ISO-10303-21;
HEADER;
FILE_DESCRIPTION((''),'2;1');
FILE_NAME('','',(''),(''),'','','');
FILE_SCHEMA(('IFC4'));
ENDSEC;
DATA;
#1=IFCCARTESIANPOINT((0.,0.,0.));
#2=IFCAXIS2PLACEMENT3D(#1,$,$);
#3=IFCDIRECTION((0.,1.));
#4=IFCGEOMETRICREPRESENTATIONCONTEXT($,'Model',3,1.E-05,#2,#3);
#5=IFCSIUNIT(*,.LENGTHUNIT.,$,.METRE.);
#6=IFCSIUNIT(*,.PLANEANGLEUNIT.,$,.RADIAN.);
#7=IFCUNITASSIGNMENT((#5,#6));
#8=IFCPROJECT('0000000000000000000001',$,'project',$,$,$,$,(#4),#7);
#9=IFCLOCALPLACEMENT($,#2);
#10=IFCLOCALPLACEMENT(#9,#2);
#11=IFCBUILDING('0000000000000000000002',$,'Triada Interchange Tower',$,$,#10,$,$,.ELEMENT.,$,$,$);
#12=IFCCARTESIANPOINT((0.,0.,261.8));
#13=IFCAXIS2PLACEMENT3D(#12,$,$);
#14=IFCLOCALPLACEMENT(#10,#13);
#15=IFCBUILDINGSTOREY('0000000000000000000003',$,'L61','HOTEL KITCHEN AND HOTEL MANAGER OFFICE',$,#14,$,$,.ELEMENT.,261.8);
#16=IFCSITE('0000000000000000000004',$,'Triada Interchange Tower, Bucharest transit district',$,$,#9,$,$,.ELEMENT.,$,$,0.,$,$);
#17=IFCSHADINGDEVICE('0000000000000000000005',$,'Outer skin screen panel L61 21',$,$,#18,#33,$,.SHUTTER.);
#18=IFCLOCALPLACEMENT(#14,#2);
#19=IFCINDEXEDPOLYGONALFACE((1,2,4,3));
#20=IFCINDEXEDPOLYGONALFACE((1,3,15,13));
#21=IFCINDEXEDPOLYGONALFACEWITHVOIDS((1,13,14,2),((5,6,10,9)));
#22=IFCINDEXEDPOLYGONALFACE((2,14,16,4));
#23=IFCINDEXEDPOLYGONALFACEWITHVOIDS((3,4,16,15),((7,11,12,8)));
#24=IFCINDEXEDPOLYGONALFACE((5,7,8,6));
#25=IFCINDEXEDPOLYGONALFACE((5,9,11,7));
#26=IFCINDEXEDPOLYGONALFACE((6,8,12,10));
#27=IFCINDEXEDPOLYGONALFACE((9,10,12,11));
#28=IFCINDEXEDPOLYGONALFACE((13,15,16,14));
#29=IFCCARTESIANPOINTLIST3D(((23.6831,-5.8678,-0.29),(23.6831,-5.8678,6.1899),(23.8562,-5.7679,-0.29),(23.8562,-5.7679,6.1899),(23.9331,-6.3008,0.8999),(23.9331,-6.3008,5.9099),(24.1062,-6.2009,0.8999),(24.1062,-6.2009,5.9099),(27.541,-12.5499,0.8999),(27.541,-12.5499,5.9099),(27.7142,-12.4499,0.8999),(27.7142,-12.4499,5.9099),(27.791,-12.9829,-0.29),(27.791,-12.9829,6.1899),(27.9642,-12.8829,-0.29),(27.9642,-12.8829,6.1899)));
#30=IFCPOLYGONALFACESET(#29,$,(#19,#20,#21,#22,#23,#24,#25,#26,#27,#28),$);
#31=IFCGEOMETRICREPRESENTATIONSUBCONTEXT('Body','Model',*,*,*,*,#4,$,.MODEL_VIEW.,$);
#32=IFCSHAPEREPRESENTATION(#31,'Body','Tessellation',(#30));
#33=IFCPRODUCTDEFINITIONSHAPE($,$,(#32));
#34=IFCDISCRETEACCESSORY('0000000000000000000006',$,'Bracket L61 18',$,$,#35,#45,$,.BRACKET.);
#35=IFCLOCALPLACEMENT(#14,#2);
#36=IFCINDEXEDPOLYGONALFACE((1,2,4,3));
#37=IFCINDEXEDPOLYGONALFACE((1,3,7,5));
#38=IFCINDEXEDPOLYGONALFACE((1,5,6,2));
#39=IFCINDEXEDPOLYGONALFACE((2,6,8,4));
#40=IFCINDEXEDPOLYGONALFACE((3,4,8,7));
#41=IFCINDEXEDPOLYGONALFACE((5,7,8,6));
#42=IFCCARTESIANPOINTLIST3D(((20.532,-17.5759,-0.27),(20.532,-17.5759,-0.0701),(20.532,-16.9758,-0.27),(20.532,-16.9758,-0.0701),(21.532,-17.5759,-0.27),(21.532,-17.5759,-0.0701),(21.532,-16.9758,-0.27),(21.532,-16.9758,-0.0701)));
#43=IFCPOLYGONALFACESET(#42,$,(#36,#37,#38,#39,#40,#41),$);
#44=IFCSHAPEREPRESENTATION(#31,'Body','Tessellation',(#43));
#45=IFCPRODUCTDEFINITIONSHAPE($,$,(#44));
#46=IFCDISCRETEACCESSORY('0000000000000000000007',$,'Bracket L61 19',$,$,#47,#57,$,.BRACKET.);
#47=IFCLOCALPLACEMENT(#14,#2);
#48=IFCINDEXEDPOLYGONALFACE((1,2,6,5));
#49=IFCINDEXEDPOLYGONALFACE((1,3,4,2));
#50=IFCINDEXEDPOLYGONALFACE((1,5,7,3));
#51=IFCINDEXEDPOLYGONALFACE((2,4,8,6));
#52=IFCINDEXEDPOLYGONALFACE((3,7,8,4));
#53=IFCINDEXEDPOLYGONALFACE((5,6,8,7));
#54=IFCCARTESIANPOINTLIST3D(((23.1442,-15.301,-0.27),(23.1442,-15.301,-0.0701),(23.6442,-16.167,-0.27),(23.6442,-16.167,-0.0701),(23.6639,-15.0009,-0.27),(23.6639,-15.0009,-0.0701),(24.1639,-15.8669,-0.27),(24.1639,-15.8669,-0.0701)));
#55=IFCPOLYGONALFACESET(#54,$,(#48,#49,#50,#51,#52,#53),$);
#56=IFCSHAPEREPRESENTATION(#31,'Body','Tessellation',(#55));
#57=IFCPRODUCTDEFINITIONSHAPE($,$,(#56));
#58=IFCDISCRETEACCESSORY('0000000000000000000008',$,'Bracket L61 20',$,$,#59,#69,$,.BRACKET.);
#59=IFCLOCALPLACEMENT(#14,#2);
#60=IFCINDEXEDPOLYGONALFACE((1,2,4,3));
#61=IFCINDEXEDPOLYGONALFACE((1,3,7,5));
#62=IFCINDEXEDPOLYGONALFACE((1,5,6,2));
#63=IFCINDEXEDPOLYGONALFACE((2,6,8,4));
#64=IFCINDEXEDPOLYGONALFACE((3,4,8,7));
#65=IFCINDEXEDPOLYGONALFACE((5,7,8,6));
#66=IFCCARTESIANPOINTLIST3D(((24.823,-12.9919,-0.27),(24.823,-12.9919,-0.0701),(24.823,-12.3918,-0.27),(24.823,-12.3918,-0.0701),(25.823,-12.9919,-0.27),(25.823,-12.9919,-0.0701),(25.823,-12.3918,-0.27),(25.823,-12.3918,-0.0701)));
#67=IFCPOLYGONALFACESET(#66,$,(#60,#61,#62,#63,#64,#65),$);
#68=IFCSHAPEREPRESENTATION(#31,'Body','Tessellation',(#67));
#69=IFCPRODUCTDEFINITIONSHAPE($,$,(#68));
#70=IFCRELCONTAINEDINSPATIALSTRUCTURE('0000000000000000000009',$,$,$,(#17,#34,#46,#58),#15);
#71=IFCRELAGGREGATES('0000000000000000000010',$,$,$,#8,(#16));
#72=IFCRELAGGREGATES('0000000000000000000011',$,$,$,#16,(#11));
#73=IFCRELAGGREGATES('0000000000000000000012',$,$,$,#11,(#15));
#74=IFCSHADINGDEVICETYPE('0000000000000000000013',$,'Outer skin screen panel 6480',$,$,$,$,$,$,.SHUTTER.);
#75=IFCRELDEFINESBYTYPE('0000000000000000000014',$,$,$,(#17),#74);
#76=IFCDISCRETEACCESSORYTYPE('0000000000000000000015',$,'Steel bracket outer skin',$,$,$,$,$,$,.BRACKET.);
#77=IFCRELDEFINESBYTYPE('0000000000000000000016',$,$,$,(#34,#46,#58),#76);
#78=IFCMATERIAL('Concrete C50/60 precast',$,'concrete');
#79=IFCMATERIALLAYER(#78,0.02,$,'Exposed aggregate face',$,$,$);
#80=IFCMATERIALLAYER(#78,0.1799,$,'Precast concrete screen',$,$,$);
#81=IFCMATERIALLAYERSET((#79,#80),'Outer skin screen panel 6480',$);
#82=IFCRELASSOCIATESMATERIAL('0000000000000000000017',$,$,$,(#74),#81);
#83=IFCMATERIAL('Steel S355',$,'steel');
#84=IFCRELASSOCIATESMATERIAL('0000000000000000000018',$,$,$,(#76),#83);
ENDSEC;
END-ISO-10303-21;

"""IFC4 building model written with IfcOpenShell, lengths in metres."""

from ifc_helpers import new_model, si_unit, direction, frame, origin, origin_2d, place, context, subcontext, project, spatial, polyline, rectangle, outline, extrude, material, layer, layer_set, type_object, element, save


model = new_model("IFC4")

# Units and contexts
model_context = context("Model", 3, precision=1e-05, world=origin(), true_north=direction((0.0, 1.0)))
body_context = subcontext(model_context, "Body", "Model", "MODEL_VIEW")
ifc_project = project(units=[si_unit("LENGTHUNIT", "METRE"), si_unit("PLANEANGLEUNIT", "RADIAN")], contexts=[model_context])

# Site, building, storey
site_placement = place(None, origin())
site = spatial("IfcSite", under=ifc_project, at=site_placement, Name="Triada Interchange Tower, Bucharest transit district", CompositionType="ELEMENT", RefElevation=0.0)
building_placement = place(site_placement, origin())
building = spatial("IfcBuilding", under=site, at=building_placement, Name="Triada Interchange Tower", CompositionType="ELEMENT")
storey_placement = place(building_placement, frame((0.0, 0.0, 261.8)))
storey = spatial("IfcBuildingStorey", under=building, at=storey_placement, Name="L61", Description="HOTEL KITCHEN AND HOTEL MANAGER OFFICE", CompositionType="ELEMENT", Elevation=261.8)

# Shading device
ifc_material_1 = material(Name="Concrete C50/60 precast", Category="concrete")
ifc_layer_1 = layer(ifc_material_1, 0.02, Name="Exposed aggregate face")
ifc_layer_2 = layer(ifc_material_1, 0.1799, Name="Precast concrete screen")
ifc_layer_set_1 = layer_set([ifc_layer_1, ifc_layer_2], Name="Outer skin screen panel 6480")
shading_device_type = type_object("IfcShadingDeviceType", Name="Outer skin screen panel 6480", PredefinedType="SHUTTER", material=ifc_layer_set_1)
shading_device_1_placement = place(storey_placement, frame((27.791, -12.9829, -0.29), z_axis=(0.0, 0.0, 1.0), x_axis=(-0.500006, 0.866022, 0.0)))
element("IfcShadingDevice", 1, at=shading_device_1_placement, inside=storey, type_object=shading_device_type, Name="Outer skin screen panel L61 21", PredefinedType="SHUTTER", context=body_context, shape_type="SweptSolid", body=[
    extrude(outline(polyline([(0.0, 0.0), (8.2158, 0.0), (8.2158, 6.48), (0.0, 6.48), (0.0, 0.0)]), holes=[polyline([(0.5, 1.1899), (0.5, 6.2), (7.7158, 6.2), (7.7158, 1.1899), (0.5, 1.1899)])]), frame((0.0, 0.0, 0.0), z_axis=(0.0, -1.0, 0.0), x_axis=(1.0, 0.0, 0.0)), (0.0, 0.0, 1.0), 0.2),
])

# Discrete accessories
ifc_material_2 = material(Name="Steel S355", Category="steel")
discrete_accessory_type = type_object("IfcDiscreteAccessoryType", Name="Steel bracket outer skin", PredefinedType="BRACKET", material=ifc_material_2)
for number, where, z_axis, x_axis, name in (
    (2, (21.032, -17.2759, -0.27), (0.0, 0.0, 1.0), (0.0, -1.0, 0.0), "Bracket L61 18"),
    (3, (23.6541, -15.584, -0.27), (0.0, 0.0, 1.0), (0.865991, 0.50006, 0.0), "Bracket L61 19"),
    (4, (25.323, -12.6919, -0.27), (0.0, 0.0, 1.0), (0.0, -1.0, 0.0), "Bracket L61 20"),
):
    element("IfcDiscreteAccessory", number, at=place(storey_placement, frame(where, z_axis=z_axis, x_axis=x_axis)), inside=storey, type_object=discrete_accessory_type, Name=name, PredefinedType="BRACKET", context=body_context, shape_type="SweptSolid", body=[
        extrude(rectangle(XDim=0.6001, YDim=1.0, at=origin_2d()), origin(), (0.0, 0.0, 1.0), 0.2),
    ])

save(model, "model.ifc")
